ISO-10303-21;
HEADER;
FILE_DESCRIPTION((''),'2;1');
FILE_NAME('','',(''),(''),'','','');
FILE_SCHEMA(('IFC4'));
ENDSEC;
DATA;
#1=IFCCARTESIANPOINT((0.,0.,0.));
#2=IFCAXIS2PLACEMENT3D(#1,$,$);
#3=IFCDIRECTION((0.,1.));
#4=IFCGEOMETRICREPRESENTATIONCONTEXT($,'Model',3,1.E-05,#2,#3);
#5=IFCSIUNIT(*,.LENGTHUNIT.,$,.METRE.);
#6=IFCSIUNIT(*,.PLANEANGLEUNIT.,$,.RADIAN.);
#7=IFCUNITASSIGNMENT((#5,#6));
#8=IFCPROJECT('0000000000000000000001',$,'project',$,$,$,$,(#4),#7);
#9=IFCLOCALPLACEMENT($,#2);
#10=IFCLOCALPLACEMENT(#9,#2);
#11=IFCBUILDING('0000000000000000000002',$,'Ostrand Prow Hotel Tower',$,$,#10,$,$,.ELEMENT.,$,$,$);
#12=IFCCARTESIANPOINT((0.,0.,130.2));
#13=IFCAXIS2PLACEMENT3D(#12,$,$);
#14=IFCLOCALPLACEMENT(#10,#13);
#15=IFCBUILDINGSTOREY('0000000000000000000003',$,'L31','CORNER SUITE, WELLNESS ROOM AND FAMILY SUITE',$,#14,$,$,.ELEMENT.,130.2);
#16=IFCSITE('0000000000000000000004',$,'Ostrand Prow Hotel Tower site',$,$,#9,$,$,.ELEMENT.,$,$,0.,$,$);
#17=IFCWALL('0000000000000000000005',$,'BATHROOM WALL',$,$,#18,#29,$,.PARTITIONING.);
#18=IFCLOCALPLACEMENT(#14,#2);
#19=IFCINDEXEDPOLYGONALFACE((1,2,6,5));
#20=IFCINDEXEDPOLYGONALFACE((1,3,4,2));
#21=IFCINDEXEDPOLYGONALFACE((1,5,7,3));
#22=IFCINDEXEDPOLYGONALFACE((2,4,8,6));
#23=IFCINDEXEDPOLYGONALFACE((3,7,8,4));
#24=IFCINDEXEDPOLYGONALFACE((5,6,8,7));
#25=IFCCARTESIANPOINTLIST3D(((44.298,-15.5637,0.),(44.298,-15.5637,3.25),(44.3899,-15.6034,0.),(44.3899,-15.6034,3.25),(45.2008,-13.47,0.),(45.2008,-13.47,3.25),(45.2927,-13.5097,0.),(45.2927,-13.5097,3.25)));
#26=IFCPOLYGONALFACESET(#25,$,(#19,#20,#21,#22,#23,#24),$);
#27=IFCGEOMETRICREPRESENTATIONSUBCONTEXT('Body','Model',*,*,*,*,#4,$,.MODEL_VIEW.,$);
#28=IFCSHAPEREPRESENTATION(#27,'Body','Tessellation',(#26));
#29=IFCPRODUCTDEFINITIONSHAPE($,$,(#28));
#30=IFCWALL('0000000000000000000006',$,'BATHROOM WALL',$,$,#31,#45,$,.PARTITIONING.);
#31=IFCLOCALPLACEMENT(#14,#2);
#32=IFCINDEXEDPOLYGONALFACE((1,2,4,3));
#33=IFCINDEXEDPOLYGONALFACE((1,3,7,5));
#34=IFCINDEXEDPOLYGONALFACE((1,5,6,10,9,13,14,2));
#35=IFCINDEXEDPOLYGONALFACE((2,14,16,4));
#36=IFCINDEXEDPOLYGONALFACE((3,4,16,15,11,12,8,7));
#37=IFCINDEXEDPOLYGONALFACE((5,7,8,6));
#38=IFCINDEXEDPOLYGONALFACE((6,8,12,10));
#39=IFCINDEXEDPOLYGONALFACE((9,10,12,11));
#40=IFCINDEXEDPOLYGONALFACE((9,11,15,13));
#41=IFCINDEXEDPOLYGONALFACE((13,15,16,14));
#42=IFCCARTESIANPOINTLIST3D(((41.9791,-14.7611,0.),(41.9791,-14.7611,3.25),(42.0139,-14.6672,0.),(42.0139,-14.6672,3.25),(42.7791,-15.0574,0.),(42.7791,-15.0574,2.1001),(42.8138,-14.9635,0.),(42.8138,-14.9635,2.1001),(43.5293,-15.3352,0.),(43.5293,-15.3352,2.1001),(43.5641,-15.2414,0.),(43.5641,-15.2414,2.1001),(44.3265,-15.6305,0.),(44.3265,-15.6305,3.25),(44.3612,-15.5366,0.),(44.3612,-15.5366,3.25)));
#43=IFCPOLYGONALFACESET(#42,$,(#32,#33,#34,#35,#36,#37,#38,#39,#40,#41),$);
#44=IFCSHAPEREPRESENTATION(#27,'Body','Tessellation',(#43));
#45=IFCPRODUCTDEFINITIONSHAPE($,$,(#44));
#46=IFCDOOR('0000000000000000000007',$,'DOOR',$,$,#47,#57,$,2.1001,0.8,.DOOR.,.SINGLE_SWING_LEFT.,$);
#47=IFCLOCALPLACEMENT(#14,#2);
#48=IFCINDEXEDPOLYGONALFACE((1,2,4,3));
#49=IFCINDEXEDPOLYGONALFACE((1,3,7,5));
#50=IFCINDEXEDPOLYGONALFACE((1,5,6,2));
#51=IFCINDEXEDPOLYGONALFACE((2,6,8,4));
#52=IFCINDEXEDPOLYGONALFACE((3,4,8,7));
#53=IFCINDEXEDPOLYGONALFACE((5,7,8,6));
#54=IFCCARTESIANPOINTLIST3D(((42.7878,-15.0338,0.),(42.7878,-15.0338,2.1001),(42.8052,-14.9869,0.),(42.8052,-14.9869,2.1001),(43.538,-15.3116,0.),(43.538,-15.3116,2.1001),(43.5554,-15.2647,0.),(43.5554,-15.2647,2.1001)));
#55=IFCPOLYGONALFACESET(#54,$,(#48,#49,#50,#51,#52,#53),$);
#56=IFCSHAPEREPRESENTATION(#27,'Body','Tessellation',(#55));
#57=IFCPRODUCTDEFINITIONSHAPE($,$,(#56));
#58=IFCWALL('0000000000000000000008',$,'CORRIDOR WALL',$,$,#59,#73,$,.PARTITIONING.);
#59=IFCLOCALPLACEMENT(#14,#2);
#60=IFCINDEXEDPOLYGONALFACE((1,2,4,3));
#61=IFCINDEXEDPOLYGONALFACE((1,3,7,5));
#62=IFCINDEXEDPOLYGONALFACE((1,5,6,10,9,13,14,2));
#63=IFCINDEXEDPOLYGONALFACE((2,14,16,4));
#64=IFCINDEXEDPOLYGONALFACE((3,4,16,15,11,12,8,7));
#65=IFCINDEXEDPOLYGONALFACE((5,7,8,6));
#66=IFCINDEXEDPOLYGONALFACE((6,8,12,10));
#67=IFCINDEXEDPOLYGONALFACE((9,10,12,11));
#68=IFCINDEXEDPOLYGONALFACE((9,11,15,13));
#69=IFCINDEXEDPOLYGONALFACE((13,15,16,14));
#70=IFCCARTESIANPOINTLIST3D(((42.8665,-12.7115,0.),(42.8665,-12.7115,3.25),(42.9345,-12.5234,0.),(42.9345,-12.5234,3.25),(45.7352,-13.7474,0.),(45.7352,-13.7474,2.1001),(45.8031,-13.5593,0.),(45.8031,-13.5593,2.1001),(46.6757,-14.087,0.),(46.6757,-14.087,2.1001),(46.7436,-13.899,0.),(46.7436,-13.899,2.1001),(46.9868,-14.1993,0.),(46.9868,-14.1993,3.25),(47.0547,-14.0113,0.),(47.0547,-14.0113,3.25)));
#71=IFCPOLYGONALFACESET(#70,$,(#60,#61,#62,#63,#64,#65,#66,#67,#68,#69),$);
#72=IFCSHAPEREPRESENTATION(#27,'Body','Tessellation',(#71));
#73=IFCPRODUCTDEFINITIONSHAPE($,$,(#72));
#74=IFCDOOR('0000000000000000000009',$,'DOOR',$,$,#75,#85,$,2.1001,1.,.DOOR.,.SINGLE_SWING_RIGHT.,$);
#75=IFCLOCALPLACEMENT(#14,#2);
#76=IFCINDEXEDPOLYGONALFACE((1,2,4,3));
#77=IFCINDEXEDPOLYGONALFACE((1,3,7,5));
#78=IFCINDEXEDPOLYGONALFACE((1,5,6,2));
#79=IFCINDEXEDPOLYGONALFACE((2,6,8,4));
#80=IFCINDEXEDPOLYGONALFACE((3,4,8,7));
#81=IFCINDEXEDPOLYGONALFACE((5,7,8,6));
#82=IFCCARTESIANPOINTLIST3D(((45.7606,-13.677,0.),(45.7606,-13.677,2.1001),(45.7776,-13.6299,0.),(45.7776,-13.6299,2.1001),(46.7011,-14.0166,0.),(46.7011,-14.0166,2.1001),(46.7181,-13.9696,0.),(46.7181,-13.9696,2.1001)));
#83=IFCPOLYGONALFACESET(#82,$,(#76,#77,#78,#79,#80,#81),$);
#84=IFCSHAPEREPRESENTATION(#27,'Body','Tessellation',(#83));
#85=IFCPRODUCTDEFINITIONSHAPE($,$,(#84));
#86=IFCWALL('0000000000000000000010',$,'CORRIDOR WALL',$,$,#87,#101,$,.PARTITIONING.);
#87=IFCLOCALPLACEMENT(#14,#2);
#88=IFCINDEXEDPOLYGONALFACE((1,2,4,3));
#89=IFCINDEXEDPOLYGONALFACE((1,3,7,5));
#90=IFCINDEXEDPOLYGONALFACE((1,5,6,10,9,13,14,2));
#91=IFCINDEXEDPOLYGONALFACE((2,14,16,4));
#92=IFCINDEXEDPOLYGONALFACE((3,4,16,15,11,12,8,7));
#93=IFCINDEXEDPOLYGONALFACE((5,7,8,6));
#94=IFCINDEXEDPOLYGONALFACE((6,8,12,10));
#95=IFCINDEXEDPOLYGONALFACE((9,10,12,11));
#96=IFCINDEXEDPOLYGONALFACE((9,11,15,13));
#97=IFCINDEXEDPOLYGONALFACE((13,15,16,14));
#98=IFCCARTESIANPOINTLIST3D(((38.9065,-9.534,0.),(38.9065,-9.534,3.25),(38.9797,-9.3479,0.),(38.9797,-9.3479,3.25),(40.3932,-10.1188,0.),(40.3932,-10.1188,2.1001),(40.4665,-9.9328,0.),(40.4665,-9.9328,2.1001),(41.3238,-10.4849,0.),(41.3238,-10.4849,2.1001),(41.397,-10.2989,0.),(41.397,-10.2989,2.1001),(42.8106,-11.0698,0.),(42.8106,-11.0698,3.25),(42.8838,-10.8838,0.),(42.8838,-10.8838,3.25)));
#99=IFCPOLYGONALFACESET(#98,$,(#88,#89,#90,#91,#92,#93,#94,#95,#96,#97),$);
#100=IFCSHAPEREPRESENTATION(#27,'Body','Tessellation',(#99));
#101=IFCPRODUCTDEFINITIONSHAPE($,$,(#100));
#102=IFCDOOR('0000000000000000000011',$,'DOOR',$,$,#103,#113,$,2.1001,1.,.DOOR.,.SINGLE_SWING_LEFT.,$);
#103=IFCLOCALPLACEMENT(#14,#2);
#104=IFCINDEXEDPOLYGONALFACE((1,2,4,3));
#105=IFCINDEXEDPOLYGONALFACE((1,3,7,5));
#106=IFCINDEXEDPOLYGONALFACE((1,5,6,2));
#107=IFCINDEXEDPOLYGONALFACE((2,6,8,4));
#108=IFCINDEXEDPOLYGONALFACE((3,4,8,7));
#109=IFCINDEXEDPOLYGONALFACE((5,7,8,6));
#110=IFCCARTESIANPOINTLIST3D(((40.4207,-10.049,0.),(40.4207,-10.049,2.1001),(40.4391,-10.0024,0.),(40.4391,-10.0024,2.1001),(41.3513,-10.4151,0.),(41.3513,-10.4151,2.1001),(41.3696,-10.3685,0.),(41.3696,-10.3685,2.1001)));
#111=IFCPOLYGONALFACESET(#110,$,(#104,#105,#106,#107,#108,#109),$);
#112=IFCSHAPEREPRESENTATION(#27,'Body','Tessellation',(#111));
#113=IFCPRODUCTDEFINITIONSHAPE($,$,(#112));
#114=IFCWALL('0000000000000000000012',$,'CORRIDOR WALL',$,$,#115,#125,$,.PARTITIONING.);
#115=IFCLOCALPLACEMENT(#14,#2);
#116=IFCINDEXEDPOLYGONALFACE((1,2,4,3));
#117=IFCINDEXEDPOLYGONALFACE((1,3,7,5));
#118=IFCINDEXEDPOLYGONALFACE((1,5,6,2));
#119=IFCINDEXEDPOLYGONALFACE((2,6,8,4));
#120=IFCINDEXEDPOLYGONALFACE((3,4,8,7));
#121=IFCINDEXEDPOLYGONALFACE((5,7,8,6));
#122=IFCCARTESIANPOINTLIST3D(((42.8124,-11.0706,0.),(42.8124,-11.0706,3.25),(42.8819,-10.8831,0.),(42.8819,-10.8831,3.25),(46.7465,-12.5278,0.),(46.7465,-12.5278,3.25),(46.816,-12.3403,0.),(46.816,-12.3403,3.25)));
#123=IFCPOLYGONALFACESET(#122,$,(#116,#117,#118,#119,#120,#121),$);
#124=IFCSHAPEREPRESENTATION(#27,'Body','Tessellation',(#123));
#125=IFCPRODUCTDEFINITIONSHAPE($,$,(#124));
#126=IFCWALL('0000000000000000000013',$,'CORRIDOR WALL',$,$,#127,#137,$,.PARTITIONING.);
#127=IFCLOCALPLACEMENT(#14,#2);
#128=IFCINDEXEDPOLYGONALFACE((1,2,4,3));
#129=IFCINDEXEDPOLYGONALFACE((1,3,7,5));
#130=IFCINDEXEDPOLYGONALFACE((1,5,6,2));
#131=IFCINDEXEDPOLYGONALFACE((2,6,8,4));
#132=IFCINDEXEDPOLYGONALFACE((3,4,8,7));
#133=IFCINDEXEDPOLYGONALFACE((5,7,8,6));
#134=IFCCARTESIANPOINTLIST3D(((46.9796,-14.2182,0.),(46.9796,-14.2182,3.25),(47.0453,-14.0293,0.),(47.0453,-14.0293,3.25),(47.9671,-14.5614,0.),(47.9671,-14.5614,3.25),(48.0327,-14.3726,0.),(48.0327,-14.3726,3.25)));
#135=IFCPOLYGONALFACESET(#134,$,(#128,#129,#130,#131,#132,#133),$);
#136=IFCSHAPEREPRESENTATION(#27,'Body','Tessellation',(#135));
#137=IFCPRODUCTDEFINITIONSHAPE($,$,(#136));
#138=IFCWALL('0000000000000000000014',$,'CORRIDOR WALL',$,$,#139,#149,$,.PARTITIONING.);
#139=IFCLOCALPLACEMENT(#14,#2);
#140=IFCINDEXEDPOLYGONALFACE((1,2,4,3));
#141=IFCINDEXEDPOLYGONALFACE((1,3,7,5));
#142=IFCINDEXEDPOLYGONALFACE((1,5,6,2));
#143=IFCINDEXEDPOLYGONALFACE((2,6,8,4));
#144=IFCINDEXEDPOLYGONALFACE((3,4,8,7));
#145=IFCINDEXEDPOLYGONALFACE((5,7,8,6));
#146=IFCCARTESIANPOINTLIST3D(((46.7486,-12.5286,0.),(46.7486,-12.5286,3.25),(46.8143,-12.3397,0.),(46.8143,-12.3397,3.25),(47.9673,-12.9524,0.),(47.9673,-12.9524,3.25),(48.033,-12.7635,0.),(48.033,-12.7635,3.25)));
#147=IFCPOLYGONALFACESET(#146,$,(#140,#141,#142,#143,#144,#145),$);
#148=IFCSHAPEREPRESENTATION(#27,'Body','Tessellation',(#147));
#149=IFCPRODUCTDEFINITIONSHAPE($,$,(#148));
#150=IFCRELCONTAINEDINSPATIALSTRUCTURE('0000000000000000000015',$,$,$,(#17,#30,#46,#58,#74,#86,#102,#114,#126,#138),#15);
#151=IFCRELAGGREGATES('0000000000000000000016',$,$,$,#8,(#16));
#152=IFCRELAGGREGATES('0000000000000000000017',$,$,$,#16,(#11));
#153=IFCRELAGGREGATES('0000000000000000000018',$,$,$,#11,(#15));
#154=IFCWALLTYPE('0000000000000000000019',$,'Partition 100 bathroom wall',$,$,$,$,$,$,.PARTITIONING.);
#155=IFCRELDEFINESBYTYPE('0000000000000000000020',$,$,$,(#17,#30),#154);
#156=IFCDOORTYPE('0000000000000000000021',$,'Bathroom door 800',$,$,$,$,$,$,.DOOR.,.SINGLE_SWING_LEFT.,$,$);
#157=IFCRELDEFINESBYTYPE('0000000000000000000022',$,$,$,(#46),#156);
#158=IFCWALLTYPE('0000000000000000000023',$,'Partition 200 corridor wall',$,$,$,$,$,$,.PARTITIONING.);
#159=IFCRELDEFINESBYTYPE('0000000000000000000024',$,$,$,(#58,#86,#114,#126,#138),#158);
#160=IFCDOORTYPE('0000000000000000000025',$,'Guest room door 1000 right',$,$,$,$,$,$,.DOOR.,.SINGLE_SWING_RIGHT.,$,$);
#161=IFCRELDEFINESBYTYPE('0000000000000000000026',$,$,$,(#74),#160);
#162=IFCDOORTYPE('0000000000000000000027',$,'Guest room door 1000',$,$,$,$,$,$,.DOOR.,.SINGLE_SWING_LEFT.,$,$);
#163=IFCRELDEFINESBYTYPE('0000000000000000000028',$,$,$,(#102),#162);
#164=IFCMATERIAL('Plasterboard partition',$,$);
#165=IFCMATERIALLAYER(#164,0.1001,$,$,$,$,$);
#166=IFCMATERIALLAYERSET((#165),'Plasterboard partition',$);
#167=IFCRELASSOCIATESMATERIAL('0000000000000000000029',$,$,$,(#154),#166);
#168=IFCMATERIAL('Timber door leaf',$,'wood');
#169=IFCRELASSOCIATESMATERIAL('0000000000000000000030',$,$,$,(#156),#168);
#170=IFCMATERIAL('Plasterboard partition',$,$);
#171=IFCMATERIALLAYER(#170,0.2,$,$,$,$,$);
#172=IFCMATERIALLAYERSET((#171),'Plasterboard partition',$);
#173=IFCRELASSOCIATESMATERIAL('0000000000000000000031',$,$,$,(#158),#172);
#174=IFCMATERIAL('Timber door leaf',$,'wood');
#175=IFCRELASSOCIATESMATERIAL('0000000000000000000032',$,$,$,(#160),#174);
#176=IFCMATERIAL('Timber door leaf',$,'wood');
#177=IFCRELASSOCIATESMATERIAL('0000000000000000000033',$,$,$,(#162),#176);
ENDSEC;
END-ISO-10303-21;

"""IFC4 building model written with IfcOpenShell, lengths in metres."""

from ifc_helpers import new_model, si_unit, direction, frame, frame_2d, origin, place, context, subcontext, project, spatial, rectangle, extrude, material, layer, layer_set, type_object, element, fill, save


model = new_model("IFC4")

# Units and contexts
model_context = context("Model", 3, precision=1e-05, world=origin(), true_north=direction((0.0, 1.0)))
body_context = subcontext(model_context, "Body", "Model", "MODEL_VIEW")
ifc_project = project(units=[si_unit("LENGTHUNIT", "METRE"), si_unit("PLANEANGLEUNIT", "RADIAN")], contexts=[model_context])

# Site, building, storey
site_placement = place(None, origin())
site = spatial("IfcSite", under=ifc_project, at=site_placement, Name="Ostrand Prow Hotel Tower site", CompositionType="ELEMENT", RefElevation=0.0)
building_placement = place(site_placement, origin())
building = spatial("IfcBuilding", under=site, at=building_placement, Name="Ostrand Prow Hotel Tower", CompositionType="ELEMENT")
storey_placement = place(building_placement, frame((0.0, 0.0, 130.2)))
storey = spatial("IfcBuildingStorey", under=building, at=storey_placement, Name="L31", Description="CORNER SUITE, WELLNESS ROOM AND FAMILY SUITE", CompositionType="ELEMENT", Elevation=130.2)

# Wall
ifc_material_1 = material(Name="Plasterboard partition")
ifc_layer_1 = layer(ifc_material_1, 0.1001)
ifc_layer_set_1 = layer_set([ifc_layer_1], Name="Plasterboard partition")
wall_type_1 = type_object("IfcWallType", Name="Partition 100 bathroom wall", PredefinedType="PARTITIONING", material=ifc_layer_set_1)
wall_1_placement = place(storey_placement, frame((45.2468, -13.4897, 0.0), z_axis=(0.0, 0.0, 1.0), x_axis=(-0.39596, -0.918268, 0.0)))
element("IfcWall", 1, at=wall_1_placement, inside=storey, type_object=wall_type_1, Name="BATHROOM WALL", PredefinedType="PARTITIONING", context=body_context, shape_type="SweptSolid", body=[
    extrude(rectangle(XDim=2.28, YDim=0.1001, at=frame_2d((1.1401, 0.0))), origin(), (0.0, 0.0, 1.0), 3.25),
])

# Walls, openings, doors
wall_2_placement = place(storey_placement, frame((44.3438, -15.5835, 0.0), z_axis=(0.0, 0.0, 1.0), x_axis=(-0.937752, 0.347305, 0.0)))
wall_2 = element("IfcWall", 2, at=wall_2_placement, inside=storey, type_object=wall_type_1, Name="BATHROOM WALL", PredefinedType="PARTITIONING", context=body_context, shape_type="SweptSolid", body=[
    extrude(rectangle(XDim=2.5032, YDim=0.1001, at=frame_2d((1.2515, 0.0))), origin(), (0.0, 0.0, 1.0), 3.25),
])
opening_1_placement = place(wall_2_placement, frame((0.8501, 0.0, 0.0)))
opening_1 = element("IfcOpeningElement", 3, at=opening_1_placement, cuts=wall_2, PredefinedType="OPENING", context=body_context, shape_type="SweptSolid", body=[
    extrude(rectangle(XDim=0.8, YDim=2.1001, at=frame_2d((0.3999, 1.05))), frame((0.0, 0.0601, 0.0), z_axis=(0.0, -1.0, 0.0), x_axis=(1.0, 0.0, 0.0)), (0.0, 0.0, 1.0), 0.1201),
])
ifc_material_2 = material(Name="Timber door leaf", Category="wood")
door_type_1 = type_object("IfcDoorType", Name="Bathroom door 800", OperationType="SINGLE_SWING_LEFT", PredefinedType="DOOR", material=ifc_material_2)
door_1_placement = place(opening_1_placement, origin())
door_1 = element("IfcDoor", 4, at=door_1_placement, inside=storey, type_object=door_type_1, Name="DOOR", OperationType="SINGLE_SWING_LEFT", OverallHeight=2.1001, OverallWidth=0.8, PredefinedType="DOOR", context=body_context, shape_type="SweptSolid", body=[
    extrude(rectangle(XDim=0.8, YDim=2.1001, at=frame_2d((0.3999, 1.05))), frame((0.0, 0.0249, 0.0), z_axis=(0.0, -1.0, 0.0), x_axis=(1.0, 0.0, 0.0)), (0.0, 0.0, 1.0), 0.05),
])
fill(opening_1, door_1)
ifc_material_3 = material(Name="Plasterboard partition")
ifc_layer_2 = layer(ifc_material_3, 0.2)
ifc_layer_set_2 = layer_set([ifc_layer_2], Name="Plasterboard partition")
wall_type_2 = type_object("IfcWallType", Name="Partition 200 corridor wall", PredefinedType="PARTITIONING", material=ifc_layer_set_2)
wall_3_placement = place(storey_placement, frame((42.9004, -12.6174, 0.0), z_axis=(0.0, 0.0, 1.0), x_axis=(0.940556, -0.339639, 0.0)))
wall_3 = element("IfcWall", 5, at=wall_3_placement, inside=storey, type_object=wall_type_2, Name="CORRIDOR WALL", PredefinedType="PARTITIONING", context=body_context, shape_type="SweptSolid", body=[
    extrude(rectangle(XDim=4.3806, YDim=0.2, at=frame_2d((2.1904, 0.0))), origin(), (0.0, 0.0, 1.0), 3.25),
])
opening_2_placement = place(wall_3_placement, frame((3.05, 0.0, 0.0)))
opening_2 = element("IfcOpeningElement", 6, at=opening_2_placement, cuts=wall_3, PredefinedType="OPENING", context=body_context, shape_type="SweptSolid", body=[
    extrude(rectangle(XDim=1.0, YDim=2.1001, at=frame_2d((0.5, 1.05))), frame((0.0, 0.1099, 0.0), z_axis=(0.0, -1.0, 0.0), x_axis=(1.0, 0.0, 0.0)), (0.0, 0.0, 1.0), 0.22),
])
ifc_material_4 = material(Name="Timber door leaf", Category="wood")
door_type_2 = type_object("IfcDoorType", Name="Guest room door 1000 right", OperationType="SINGLE_SWING_RIGHT", PredefinedType="DOOR", material=ifc_material_4)
door_2_placement = place(opening_2_placement, origin())
door_2 = element("IfcDoor", 7, at=door_2_placement, inside=storey, type_object=door_type_2, Name="DOOR", OperationType="SINGLE_SWING_RIGHT", OverallHeight=2.1001, OverallWidth=1.0, PredefinedType="DOOR", context=body_context, shape_type="SweptSolid", body=[
    extrude(rectangle(XDim=1.0, YDim=2.1001, at=frame_2d((0.5, 1.05))), frame((0.0, 0.0249, 0.0), z_axis=(0.0, -1.0, 0.0), x_axis=(1.0, 0.0, 0.0)), (0.0, 0.0, 1.0), 0.05),
])
fill(opening_2, door_2)
wall_4_placement = place(storey_placement, frame((42.8472, -10.9768, 0.0), z_axis=(0.0, 0.0, 1.0), x_axis=(-0.930577, 0.366097, 0.0)))
wall_4 = element("IfcWall", 8, at=wall_4_placement, inside=storey, type_object=wall_type_2, Name="CORRIDOR WALL", PredefinedType="PARTITIONING", context=body_context, shape_type="SweptSolid", body=[
    extrude(rectangle(XDim=4.1953, YDim=0.2, at=frame_2d((2.0977, 0.0))), origin(), (0.0, 0.0, 1.0), 3.25),
])
opening_3_placement = place(wall_4_placement, frame((1.5977, 0.0, 0.0)))
opening_3 = element("IfcOpeningElement", 9, at=opening_3_placement, cuts=wall_4, PredefinedType="OPENING", context=body_context, shape_type="SweptSolid", body=[
    extrude(rectangle(XDim=1.0, YDim=2.1001, at=frame_2d((0.5, 1.05))), frame((0.0, 0.1099, 0.0), z_axis=(0.0, -1.0, 0.0), x_axis=(1.0, 0.0, 0.0)), (0.0, 0.0, 1.0), 0.22),
])
ifc_material_5 = material(Name="Timber door leaf", Category="wood")
door_type_3 = type_object("IfcDoorType", Name="Guest room door 1000", OperationType="SINGLE_SWING_LEFT", PredefinedType="DOOR", material=ifc_material_5)
door_3_placement = place(opening_3_placement, origin())
door_3 = element("IfcDoor", 10, at=door_3_placement, inside=storey, type_object=door_type_3, Name="DOOR", OperationType="SINGLE_SWING_LEFT", OverallHeight=2.1001, OverallWidth=1.0, PredefinedType="DOOR", context=body_context, shape_type="SweptSolid", body=[
    extrude(rectangle(XDim=1.0, YDim=2.1001, at=frame_2d((0.5, 1.05))), frame((0.0, 0.0249, 0.0), z_axis=(0.0, -1.0, 0.0), x_axis=(1.0, 0.0, 0.0)), (0.0, 0.0, 1.0), 0.05),
])
fill(opening_3, door_3)

# Walls
wall_5_placement = place(storey_placement, frame((46.7812, -12.4341, 0.0), z_axis=(0.0, 0.0, 1.0), x_axis=(-0.937733, 0.347358, 0.0)))
element("IfcWall", 11, at=wall_5_placement, inside=storey, type_object=wall_type_2, Name="CORRIDOR WALL", PredefinedType="PARTITIONING", context=body_context, shape_type="SweptSolid", body=[
    extrude(rectangle(XDim=4.1953, YDim=0.2, at=frame_2d((2.0977, 0.0))), origin(), (0.0, 0.0, 1.0), 3.25),
])
wall_6_placement = place(storey_placement, frame((47.0125, -14.1238, 0.0), z_axis=(0.0, 0.0, 1.0), x_axis=(0.944566, -0.328321, 0.0)))
element("IfcWall", 12, at=wall_6_placement, inside=storey, type_object=wall_type_2, Name="CORRIDOR WALL", PredefinedType="PARTITIONING", context=body_context, shape_type="SweptSolid", body=[
    extrude(rectangle(XDim=1.0454, YDim=0.2, at=frame_2d((0.5227, 0.0))), origin(), (0.0, 0.0, 1.0), 3.25),
])
wall_7_placement = place(storey_placement, frame((48.0, -12.8579, 0.0), z_axis=(0.0, 0.0, 1.0), x_axis=(-0.944517, 0.328462, 0.0)))
element("IfcWall", 13, at=wall_7_placement, inside=storey, type_object=wall_type_2, Name="CORRIDOR WALL", PredefinedType="PARTITIONING", context=body_context, shape_type="SweptSolid", body=[
    extrude(rectangle(XDim=1.2903, YDim=0.2, at=frame_2d((0.645, 0.0))), origin(), (0.0, 0.0, 1.0), 3.25),
])

save(model, "model.ifc")
